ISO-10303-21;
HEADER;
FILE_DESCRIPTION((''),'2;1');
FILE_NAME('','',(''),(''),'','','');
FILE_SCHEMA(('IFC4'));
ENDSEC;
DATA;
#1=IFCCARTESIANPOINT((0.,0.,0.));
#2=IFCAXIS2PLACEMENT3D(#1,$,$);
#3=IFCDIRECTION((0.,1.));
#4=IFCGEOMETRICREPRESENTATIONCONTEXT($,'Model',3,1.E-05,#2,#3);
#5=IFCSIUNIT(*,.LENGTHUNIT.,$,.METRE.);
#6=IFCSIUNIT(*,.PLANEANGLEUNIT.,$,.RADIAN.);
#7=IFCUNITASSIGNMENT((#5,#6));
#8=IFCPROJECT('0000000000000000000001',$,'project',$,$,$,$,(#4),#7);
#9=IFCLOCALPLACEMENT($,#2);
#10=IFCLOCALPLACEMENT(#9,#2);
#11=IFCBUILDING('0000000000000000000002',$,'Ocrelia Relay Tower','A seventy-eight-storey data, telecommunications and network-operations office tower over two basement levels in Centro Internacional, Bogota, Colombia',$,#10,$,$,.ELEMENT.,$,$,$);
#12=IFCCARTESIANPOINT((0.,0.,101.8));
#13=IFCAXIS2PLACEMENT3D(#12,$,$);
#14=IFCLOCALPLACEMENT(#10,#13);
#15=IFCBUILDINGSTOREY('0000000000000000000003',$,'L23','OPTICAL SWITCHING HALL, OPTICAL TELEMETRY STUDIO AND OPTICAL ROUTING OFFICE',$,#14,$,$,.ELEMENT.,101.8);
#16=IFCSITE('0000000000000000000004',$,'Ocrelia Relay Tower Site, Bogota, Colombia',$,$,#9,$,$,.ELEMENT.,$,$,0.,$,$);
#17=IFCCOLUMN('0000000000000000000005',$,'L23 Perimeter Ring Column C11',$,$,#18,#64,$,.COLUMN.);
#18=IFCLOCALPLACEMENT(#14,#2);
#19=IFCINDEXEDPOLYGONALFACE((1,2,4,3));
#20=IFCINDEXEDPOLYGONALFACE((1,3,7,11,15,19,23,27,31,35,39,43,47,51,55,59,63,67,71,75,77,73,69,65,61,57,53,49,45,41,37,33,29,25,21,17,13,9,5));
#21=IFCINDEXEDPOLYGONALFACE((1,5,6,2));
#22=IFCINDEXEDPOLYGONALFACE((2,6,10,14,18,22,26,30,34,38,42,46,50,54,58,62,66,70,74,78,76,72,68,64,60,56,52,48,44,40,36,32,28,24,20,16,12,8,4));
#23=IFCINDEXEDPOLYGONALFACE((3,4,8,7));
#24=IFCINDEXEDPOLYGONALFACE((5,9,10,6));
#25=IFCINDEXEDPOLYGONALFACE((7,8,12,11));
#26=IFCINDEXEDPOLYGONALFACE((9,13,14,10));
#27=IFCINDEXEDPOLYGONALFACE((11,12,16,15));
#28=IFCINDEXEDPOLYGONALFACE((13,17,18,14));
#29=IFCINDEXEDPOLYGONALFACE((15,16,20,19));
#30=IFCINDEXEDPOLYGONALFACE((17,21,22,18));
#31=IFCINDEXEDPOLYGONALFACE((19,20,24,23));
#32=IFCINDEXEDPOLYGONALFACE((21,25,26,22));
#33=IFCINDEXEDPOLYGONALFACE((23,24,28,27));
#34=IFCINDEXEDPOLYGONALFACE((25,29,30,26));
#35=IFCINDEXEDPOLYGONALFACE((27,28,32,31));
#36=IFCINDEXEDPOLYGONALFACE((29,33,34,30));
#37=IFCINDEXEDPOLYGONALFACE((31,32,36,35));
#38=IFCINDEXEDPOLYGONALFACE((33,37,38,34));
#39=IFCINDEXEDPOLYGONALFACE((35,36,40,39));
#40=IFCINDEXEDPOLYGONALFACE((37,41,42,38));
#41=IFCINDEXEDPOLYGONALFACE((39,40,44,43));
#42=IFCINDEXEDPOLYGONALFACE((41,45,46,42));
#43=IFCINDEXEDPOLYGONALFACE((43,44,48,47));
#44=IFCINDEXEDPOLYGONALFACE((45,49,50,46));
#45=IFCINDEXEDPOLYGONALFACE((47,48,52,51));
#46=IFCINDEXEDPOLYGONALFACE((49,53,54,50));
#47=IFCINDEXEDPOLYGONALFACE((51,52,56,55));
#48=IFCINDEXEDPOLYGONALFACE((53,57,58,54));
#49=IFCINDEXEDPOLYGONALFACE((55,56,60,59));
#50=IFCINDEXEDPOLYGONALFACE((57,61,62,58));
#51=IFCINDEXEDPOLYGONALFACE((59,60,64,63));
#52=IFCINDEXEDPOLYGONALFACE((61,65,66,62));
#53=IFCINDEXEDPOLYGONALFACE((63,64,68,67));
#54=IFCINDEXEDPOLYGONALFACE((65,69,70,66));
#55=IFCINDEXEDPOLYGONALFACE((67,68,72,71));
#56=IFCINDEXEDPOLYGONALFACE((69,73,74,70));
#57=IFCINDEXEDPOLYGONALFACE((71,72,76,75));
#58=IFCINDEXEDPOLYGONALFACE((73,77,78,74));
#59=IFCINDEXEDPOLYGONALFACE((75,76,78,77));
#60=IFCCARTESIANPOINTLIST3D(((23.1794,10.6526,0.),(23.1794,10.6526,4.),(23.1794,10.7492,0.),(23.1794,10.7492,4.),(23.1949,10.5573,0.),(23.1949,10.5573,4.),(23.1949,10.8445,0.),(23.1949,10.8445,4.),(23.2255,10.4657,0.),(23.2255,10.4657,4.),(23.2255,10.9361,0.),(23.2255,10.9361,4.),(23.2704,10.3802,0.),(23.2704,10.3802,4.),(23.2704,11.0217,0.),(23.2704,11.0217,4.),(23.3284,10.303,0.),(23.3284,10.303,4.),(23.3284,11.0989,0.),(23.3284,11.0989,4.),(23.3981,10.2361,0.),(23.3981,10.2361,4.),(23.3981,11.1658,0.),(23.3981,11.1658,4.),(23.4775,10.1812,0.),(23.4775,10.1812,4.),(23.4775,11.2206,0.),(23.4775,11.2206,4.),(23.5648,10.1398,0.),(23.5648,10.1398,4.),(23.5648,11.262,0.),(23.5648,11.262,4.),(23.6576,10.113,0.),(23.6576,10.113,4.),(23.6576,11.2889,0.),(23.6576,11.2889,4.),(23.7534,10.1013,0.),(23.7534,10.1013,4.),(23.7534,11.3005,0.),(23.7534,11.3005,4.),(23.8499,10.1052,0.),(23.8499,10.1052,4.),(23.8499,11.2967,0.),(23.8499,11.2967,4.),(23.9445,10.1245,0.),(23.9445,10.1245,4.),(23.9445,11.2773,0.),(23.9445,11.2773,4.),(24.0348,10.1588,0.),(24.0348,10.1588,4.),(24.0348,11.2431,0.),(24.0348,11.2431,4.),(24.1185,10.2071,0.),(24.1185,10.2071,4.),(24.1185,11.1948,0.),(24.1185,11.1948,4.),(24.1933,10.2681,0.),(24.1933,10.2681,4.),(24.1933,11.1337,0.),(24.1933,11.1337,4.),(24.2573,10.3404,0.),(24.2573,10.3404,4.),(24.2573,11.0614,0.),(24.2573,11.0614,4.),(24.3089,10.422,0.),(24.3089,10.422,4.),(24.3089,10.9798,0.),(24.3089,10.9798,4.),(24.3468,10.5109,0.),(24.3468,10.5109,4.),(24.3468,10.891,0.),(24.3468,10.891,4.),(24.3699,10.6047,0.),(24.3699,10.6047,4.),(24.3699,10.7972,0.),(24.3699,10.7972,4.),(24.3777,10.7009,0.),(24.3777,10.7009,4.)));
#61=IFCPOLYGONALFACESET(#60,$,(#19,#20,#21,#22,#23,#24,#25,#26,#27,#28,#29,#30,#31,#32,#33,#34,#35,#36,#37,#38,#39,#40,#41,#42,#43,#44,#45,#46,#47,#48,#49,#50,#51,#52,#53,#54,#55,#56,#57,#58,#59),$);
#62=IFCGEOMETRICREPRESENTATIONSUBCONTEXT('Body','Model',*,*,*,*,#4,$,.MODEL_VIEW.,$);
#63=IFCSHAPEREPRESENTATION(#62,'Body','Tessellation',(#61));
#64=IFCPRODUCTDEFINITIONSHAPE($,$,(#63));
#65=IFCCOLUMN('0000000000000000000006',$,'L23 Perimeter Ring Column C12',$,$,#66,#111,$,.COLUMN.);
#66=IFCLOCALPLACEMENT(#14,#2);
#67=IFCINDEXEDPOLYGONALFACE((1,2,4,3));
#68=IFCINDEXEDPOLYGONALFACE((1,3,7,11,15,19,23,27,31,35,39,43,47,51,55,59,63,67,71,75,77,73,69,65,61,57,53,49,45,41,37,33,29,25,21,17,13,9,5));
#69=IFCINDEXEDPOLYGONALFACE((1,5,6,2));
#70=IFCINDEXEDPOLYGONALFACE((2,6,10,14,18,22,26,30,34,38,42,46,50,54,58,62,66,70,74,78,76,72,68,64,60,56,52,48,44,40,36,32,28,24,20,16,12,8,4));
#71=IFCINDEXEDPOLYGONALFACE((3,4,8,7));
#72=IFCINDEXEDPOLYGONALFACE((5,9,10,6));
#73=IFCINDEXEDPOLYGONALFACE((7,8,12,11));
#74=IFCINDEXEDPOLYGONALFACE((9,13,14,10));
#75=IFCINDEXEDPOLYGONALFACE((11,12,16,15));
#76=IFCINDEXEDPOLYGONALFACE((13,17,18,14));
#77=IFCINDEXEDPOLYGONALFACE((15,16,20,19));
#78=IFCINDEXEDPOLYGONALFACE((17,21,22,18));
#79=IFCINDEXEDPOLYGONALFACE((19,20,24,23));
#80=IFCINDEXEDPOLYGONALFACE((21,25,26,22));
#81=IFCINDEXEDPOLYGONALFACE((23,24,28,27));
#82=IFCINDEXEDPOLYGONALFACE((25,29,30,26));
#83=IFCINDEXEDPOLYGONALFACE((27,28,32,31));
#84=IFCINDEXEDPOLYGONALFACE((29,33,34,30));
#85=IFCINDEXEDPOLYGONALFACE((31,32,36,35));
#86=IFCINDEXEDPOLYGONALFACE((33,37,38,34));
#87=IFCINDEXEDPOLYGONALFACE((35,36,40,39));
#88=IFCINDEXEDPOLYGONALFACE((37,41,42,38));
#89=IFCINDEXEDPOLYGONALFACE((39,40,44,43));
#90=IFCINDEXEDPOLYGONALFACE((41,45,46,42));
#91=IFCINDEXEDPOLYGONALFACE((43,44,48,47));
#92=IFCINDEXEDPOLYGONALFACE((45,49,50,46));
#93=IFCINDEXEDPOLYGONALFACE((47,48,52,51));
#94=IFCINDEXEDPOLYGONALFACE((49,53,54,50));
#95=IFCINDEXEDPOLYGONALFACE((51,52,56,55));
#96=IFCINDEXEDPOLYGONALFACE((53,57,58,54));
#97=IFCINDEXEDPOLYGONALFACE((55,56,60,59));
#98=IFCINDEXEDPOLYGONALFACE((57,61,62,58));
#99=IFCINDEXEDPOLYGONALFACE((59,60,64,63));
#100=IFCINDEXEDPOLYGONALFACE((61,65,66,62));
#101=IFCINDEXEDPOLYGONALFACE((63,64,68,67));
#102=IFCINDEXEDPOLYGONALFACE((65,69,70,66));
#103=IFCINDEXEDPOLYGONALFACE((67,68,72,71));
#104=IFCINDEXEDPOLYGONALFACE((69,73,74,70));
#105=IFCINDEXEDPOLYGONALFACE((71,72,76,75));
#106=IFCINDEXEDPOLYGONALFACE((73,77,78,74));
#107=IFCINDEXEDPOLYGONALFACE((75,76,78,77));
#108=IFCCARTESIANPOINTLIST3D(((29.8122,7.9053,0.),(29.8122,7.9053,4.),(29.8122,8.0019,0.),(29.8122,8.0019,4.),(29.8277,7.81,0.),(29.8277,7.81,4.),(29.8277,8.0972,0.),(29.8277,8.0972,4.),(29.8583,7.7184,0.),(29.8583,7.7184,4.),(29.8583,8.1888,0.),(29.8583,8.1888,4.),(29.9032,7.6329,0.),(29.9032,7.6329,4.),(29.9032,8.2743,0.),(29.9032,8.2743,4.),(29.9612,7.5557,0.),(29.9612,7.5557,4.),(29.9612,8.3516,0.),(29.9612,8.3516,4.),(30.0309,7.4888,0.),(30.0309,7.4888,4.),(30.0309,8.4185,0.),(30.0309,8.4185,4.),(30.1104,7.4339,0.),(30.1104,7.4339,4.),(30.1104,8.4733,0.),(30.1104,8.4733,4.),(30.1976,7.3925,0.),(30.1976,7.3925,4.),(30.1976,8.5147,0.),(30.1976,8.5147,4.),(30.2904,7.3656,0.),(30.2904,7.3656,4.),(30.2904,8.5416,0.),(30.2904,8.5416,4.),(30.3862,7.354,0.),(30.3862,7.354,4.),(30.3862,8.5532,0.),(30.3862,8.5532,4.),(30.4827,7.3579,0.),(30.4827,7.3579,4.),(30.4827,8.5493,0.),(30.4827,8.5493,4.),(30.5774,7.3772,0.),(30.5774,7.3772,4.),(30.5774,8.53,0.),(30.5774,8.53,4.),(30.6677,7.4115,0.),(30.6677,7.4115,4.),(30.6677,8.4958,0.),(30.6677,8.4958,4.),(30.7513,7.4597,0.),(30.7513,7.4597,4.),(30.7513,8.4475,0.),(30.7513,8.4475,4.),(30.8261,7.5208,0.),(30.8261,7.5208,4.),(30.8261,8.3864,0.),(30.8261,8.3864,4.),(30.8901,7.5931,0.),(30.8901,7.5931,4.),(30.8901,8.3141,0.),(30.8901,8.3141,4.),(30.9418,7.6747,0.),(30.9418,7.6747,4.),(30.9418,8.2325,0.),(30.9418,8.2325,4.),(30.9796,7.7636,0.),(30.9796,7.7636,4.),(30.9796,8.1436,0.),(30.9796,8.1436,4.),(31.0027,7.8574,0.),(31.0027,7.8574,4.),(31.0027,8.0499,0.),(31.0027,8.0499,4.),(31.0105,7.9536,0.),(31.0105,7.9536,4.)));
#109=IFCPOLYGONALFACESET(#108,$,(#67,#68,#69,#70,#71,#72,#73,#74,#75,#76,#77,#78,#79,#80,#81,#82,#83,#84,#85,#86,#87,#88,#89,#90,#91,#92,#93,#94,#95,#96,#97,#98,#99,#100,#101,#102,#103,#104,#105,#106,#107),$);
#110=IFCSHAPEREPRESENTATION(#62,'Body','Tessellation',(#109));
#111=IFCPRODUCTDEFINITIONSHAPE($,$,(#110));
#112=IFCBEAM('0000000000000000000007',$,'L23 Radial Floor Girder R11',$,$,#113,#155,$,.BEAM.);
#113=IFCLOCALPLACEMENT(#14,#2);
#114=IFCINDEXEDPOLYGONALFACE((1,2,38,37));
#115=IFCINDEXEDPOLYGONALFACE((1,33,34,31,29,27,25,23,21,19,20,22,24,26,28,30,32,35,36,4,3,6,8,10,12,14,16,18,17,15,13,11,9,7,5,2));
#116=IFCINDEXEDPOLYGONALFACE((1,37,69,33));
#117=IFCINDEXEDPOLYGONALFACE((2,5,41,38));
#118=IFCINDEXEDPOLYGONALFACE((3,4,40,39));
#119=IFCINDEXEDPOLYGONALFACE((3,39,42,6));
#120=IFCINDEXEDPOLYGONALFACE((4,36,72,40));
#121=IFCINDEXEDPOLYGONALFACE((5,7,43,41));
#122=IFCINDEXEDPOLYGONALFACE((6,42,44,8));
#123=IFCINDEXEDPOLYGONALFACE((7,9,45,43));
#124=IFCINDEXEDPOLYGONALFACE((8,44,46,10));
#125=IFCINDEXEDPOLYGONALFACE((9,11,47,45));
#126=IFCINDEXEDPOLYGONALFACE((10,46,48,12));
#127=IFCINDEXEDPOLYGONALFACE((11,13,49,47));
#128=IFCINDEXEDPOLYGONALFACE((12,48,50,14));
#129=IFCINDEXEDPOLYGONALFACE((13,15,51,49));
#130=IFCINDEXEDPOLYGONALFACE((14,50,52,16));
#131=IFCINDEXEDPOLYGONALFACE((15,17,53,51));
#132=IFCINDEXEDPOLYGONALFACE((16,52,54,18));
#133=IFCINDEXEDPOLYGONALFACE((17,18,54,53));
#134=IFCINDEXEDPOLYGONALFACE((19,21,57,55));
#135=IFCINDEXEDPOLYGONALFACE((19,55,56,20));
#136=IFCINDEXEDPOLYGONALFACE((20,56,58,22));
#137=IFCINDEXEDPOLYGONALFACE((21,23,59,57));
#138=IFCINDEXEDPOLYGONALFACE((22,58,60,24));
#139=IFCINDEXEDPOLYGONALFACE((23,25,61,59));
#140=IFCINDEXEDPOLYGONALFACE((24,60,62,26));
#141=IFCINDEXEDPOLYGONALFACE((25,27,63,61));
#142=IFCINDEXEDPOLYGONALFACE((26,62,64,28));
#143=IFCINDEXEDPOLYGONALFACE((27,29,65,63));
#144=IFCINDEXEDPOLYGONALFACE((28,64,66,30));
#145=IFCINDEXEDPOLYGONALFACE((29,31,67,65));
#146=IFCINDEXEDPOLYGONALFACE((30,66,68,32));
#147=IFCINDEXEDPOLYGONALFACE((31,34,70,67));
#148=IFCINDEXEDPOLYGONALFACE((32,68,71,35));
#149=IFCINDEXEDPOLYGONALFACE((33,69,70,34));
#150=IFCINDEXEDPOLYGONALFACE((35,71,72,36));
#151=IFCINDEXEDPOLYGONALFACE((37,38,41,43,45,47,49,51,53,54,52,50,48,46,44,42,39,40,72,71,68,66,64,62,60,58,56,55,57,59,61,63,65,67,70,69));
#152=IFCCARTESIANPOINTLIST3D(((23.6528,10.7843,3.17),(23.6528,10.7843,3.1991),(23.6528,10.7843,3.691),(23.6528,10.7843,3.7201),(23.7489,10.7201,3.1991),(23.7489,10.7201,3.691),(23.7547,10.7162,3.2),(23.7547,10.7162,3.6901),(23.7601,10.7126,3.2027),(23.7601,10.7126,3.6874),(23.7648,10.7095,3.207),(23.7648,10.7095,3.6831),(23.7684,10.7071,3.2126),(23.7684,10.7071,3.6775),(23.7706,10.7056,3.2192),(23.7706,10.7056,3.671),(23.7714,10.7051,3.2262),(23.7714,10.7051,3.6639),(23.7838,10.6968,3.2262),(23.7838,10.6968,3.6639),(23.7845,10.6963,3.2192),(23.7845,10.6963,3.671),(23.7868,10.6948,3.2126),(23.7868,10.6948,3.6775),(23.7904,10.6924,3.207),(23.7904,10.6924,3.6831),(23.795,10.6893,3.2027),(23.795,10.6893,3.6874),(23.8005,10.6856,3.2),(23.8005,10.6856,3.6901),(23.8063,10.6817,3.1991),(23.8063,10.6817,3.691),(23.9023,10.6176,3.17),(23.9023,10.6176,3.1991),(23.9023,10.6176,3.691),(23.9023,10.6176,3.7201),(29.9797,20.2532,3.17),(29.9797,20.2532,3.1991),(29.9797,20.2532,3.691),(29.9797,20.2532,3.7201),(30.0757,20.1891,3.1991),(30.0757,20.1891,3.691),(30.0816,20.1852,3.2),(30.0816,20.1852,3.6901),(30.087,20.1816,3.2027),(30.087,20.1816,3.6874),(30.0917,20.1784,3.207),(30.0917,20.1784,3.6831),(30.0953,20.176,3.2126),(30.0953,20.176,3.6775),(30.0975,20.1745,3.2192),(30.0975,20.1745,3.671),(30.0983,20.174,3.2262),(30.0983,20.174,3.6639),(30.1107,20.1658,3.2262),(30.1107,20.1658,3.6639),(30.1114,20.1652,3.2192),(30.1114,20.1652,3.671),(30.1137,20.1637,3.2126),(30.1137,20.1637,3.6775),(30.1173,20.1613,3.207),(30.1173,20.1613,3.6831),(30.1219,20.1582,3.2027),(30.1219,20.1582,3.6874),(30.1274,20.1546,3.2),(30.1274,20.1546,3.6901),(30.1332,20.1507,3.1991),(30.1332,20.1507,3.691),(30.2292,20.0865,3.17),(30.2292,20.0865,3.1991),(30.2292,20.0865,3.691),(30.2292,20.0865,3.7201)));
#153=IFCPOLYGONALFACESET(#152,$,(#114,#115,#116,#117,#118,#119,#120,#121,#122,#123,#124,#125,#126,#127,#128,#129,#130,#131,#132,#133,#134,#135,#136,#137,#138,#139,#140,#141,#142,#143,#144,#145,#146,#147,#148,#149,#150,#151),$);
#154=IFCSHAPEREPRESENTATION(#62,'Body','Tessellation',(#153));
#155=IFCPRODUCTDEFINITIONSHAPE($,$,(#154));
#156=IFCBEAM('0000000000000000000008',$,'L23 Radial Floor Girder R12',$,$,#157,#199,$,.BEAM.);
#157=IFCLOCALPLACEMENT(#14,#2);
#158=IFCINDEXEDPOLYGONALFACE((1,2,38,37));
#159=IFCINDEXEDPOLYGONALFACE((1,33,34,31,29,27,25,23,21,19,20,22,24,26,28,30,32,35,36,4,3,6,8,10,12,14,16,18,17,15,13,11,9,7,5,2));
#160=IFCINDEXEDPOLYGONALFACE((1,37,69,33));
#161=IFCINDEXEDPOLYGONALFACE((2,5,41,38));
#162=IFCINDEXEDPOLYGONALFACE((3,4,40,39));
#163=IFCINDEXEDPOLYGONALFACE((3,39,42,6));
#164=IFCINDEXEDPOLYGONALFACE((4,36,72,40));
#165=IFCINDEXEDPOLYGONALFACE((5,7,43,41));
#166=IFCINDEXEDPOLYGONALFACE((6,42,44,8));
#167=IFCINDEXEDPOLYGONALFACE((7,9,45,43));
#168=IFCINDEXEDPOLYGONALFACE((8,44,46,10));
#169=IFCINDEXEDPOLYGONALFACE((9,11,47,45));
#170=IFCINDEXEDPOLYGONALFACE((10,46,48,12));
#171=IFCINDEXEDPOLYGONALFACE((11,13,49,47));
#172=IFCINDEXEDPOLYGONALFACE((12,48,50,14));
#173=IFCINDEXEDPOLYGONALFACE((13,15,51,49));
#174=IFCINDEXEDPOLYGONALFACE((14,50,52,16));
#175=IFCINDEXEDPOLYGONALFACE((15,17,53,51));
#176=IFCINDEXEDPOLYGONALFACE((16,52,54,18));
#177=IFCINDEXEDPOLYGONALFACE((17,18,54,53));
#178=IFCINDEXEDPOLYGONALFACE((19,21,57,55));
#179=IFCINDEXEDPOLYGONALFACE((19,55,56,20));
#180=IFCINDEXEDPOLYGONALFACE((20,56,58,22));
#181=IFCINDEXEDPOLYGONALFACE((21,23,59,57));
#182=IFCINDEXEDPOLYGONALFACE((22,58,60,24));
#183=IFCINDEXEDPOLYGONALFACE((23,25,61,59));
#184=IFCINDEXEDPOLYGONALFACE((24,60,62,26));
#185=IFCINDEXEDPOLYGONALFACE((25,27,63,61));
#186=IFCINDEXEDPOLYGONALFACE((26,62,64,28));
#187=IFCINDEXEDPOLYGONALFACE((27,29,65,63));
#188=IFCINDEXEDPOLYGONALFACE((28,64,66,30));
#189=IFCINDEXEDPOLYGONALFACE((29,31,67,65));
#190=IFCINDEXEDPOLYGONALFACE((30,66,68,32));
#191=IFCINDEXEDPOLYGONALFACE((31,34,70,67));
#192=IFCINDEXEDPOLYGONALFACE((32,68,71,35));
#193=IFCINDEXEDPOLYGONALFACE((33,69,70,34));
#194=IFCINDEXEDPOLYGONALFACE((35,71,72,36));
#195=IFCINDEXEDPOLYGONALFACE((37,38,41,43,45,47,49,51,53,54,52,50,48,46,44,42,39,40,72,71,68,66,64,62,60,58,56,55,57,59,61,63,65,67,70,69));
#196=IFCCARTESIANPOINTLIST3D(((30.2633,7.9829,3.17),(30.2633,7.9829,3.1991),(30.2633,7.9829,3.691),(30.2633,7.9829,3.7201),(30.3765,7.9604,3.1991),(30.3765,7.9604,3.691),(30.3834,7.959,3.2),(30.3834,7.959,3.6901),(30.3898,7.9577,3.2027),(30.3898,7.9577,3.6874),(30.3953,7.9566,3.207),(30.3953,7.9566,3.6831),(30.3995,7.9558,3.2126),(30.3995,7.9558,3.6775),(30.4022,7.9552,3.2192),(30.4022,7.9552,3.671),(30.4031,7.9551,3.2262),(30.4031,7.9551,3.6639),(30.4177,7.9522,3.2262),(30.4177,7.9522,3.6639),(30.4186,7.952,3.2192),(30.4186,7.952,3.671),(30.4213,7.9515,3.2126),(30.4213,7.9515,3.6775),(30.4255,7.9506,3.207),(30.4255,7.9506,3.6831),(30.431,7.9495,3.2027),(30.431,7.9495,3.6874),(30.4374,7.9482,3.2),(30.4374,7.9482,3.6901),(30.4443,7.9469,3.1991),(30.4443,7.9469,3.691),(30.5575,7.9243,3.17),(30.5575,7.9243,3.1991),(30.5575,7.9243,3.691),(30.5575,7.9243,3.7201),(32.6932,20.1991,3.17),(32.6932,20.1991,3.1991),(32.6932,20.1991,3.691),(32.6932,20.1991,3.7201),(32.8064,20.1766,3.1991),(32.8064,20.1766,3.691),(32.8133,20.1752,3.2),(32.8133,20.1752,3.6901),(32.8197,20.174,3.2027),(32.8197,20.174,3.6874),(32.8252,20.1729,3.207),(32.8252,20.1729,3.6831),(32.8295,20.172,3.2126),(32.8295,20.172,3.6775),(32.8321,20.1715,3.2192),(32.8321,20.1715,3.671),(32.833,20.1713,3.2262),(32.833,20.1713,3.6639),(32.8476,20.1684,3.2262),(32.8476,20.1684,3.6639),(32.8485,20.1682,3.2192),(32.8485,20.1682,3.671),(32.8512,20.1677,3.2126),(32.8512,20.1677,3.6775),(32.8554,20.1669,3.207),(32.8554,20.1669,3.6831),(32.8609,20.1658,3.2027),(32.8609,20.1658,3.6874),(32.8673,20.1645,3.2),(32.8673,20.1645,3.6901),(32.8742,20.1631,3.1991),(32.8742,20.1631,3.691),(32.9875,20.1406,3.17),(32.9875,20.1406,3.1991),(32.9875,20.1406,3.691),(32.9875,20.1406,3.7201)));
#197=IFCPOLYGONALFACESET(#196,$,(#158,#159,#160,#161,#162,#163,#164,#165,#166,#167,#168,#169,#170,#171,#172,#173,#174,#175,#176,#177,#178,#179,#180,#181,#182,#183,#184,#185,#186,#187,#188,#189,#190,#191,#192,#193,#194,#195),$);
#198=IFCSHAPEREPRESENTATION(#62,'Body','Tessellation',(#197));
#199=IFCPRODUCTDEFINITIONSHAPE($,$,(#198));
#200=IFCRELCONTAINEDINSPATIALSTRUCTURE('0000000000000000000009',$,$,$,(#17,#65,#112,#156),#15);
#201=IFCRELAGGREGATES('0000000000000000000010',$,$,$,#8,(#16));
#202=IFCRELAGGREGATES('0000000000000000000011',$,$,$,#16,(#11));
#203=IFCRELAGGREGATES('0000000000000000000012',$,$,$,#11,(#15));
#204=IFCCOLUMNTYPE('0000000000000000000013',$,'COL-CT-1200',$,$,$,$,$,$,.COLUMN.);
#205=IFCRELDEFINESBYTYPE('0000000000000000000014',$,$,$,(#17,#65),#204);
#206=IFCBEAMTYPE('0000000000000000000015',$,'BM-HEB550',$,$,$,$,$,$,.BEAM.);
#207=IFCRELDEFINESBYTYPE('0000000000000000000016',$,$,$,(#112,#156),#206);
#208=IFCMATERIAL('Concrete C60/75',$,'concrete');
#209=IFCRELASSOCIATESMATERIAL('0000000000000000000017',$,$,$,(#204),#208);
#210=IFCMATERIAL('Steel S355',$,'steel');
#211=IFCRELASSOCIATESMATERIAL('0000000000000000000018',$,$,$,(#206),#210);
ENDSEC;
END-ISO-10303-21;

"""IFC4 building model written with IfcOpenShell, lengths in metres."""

from ifc_helpers import new_model, si_unit, direction, frame, origin, origin_2d, place, context, subcontext, project, spatial, circle, i_section, extrude, material, material_profile, profile_set, type_object, element, save


model = new_model("IFC4")

# Units and contexts
model_context = context("Model", 3, precision=1e-05, world=origin(), true_north=direction((0.0, 1.0)))
body_context = subcontext(model_context, "Body", "Model", "MODEL_VIEW")
ifc_project = project(units=[si_unit("LENGTHUNIT", "METRE"), si_unit("PLANEANGLEUNIT", "RADIAN")], contexts=[model_context])

# Site, building, storey
site_placement = place(None, origin())
site = spatial("IfcSite", under=ifc_project, at=site_placement, Name="Ocrelia Relay Tower Site, Bogota, Colombia", CompositionType="ELEMENT", RefElevation=0.0)
building_placement = place(site_placement, origin())
building = spatial("IfcBuilding", under=site, at=building_placement, Name="Ocrelia Relay Tower", Description="A seventy-eight-storey data, telecommunications and network-operations office tower over two basement levels in Centro Internacional, Bogota, Colombia", CompositionType="ELEMENT")
storey_placement = place(building_placement, frame((0.0, 0.0, 101.8)))
storey = spatial("IfcBuildingStorey", under=building, at=storey_placement, Name="L23", Description="OPTICAL SWITCHING HALL, OPTICAL TELEMETRY STUDIO AND OPTICAL ROUTING OFFICE", CompositionType="ELEMENT", Elevation=101.8)

# Columns
ifc_material_1 = material(Name="Concrete C60/75", Category="concrete")
ifc_material_profile_1 = material_profile(ifc_material_1, circle(Radius=0.6001, at=origin_2d()), Name="RC-CIR-1200")
ifc_profile_set_1 = profile_set([ifc_material_profile_1], Name="Concrete C60/75")
column_type = type_object("IfcColumnType", Name="COL-CT-1200", PredefinedType="COLUMN", material=ifc_profile_set_1)
for number, where, z_axis, x_axis, name in (
    (1, (23.7776, 10.7009, 0.0), (0.0, 0.0, 1.0), (1.0, 0.0, 0.0), "L23 Perimeter Ring Column C11"),
    (2, (30.4104, 7.9536, 0.0), (0.0, 0.0, 1.0), (1.0, 0.0, 0.0), "L23 Perimeter Ring Column C12"),
):
    element("IfcColumn", number, at=place(storey_placement, frame(where, z_axis=z_axis, x_axis=x_axis)), inside=storey, type_object=column_type, Name=name, PredefinedType="COLUMN", context=body_context, shape_type="SweptSolid", body=[
        extrude(circle(Radius=0.6001, at=origin_2d()), origin(), (0.0, 0.0, 1.0), 4.0),
    ])

# Beams
ifc_material_2 = material(Name="Steel S355", Category="steel")
ifc_material_profile_2 = material_profile(ifc_material_2, i_section(OverallWidth=0.3, OverallDepth=0.55, WebThickness=0.0149, FlangeThickness=0.0291, FilletRadius=0.0271, at=origin_2d()), Name="HEB 550")
ifc_profile_set_2 = profile_set([ifc_material_profile_2], Name="Steel S355")
beam_type_1 = type_object("IfcBeamType", Name="BM-HEB550", PredefinedType="BEAM", material=ifc_profile_set_2)
beam_1_placement = place(storey_placement, frame((23.7776, 10.7009, 3.4451), z_axis=(0.555566, 0.831473, 0.0), x_axis=(-0.831473, 0.555566, 0.0)))
element("IfcBeam", 3, at=beam_1_placement, inside=storey, type_object=beam_type_1, Name="L23 Radial Floor Girder R11", PredefinedType="BEAM", context=body_context, shape_type="SweptSolid", body=[
    extrude(i_section(OverallWidth=0.3, OverallDepth=0.55, WebThickness=0.0149, FlangeThickness=0.0291, FilletRadius=0.0271, at=origin_2d()), origin(), (0.0, 0.0, 1.0), 11.3882),
])
beam_2_placement = place(storey_placement, frame((30.4104, 7.9536, 3.4451), z_axis=(0.195087, 0.980786, 0.0), x_axis=(-0.980786, 0.195087, 0.0)))
element("IfcBeam", 4, at=beam_2_placement, inside=storey, type_object=beam_type_1, Name="L23 Radial Floor Girder R12", PredefinedType="BEAM", context=body_context, shape_type="SweptSolid", body=[
    extrude(i_section(OverallWidth=0.3, OverallDepth=0.55, WebThickness=0.0149, FlangeThickness=0.0291, FilletRadius=0.0271, at=origin_2d()), origin(), (0.0, 0.0, 1.0), 12.4556),
])

save(model, "model.ifc")
